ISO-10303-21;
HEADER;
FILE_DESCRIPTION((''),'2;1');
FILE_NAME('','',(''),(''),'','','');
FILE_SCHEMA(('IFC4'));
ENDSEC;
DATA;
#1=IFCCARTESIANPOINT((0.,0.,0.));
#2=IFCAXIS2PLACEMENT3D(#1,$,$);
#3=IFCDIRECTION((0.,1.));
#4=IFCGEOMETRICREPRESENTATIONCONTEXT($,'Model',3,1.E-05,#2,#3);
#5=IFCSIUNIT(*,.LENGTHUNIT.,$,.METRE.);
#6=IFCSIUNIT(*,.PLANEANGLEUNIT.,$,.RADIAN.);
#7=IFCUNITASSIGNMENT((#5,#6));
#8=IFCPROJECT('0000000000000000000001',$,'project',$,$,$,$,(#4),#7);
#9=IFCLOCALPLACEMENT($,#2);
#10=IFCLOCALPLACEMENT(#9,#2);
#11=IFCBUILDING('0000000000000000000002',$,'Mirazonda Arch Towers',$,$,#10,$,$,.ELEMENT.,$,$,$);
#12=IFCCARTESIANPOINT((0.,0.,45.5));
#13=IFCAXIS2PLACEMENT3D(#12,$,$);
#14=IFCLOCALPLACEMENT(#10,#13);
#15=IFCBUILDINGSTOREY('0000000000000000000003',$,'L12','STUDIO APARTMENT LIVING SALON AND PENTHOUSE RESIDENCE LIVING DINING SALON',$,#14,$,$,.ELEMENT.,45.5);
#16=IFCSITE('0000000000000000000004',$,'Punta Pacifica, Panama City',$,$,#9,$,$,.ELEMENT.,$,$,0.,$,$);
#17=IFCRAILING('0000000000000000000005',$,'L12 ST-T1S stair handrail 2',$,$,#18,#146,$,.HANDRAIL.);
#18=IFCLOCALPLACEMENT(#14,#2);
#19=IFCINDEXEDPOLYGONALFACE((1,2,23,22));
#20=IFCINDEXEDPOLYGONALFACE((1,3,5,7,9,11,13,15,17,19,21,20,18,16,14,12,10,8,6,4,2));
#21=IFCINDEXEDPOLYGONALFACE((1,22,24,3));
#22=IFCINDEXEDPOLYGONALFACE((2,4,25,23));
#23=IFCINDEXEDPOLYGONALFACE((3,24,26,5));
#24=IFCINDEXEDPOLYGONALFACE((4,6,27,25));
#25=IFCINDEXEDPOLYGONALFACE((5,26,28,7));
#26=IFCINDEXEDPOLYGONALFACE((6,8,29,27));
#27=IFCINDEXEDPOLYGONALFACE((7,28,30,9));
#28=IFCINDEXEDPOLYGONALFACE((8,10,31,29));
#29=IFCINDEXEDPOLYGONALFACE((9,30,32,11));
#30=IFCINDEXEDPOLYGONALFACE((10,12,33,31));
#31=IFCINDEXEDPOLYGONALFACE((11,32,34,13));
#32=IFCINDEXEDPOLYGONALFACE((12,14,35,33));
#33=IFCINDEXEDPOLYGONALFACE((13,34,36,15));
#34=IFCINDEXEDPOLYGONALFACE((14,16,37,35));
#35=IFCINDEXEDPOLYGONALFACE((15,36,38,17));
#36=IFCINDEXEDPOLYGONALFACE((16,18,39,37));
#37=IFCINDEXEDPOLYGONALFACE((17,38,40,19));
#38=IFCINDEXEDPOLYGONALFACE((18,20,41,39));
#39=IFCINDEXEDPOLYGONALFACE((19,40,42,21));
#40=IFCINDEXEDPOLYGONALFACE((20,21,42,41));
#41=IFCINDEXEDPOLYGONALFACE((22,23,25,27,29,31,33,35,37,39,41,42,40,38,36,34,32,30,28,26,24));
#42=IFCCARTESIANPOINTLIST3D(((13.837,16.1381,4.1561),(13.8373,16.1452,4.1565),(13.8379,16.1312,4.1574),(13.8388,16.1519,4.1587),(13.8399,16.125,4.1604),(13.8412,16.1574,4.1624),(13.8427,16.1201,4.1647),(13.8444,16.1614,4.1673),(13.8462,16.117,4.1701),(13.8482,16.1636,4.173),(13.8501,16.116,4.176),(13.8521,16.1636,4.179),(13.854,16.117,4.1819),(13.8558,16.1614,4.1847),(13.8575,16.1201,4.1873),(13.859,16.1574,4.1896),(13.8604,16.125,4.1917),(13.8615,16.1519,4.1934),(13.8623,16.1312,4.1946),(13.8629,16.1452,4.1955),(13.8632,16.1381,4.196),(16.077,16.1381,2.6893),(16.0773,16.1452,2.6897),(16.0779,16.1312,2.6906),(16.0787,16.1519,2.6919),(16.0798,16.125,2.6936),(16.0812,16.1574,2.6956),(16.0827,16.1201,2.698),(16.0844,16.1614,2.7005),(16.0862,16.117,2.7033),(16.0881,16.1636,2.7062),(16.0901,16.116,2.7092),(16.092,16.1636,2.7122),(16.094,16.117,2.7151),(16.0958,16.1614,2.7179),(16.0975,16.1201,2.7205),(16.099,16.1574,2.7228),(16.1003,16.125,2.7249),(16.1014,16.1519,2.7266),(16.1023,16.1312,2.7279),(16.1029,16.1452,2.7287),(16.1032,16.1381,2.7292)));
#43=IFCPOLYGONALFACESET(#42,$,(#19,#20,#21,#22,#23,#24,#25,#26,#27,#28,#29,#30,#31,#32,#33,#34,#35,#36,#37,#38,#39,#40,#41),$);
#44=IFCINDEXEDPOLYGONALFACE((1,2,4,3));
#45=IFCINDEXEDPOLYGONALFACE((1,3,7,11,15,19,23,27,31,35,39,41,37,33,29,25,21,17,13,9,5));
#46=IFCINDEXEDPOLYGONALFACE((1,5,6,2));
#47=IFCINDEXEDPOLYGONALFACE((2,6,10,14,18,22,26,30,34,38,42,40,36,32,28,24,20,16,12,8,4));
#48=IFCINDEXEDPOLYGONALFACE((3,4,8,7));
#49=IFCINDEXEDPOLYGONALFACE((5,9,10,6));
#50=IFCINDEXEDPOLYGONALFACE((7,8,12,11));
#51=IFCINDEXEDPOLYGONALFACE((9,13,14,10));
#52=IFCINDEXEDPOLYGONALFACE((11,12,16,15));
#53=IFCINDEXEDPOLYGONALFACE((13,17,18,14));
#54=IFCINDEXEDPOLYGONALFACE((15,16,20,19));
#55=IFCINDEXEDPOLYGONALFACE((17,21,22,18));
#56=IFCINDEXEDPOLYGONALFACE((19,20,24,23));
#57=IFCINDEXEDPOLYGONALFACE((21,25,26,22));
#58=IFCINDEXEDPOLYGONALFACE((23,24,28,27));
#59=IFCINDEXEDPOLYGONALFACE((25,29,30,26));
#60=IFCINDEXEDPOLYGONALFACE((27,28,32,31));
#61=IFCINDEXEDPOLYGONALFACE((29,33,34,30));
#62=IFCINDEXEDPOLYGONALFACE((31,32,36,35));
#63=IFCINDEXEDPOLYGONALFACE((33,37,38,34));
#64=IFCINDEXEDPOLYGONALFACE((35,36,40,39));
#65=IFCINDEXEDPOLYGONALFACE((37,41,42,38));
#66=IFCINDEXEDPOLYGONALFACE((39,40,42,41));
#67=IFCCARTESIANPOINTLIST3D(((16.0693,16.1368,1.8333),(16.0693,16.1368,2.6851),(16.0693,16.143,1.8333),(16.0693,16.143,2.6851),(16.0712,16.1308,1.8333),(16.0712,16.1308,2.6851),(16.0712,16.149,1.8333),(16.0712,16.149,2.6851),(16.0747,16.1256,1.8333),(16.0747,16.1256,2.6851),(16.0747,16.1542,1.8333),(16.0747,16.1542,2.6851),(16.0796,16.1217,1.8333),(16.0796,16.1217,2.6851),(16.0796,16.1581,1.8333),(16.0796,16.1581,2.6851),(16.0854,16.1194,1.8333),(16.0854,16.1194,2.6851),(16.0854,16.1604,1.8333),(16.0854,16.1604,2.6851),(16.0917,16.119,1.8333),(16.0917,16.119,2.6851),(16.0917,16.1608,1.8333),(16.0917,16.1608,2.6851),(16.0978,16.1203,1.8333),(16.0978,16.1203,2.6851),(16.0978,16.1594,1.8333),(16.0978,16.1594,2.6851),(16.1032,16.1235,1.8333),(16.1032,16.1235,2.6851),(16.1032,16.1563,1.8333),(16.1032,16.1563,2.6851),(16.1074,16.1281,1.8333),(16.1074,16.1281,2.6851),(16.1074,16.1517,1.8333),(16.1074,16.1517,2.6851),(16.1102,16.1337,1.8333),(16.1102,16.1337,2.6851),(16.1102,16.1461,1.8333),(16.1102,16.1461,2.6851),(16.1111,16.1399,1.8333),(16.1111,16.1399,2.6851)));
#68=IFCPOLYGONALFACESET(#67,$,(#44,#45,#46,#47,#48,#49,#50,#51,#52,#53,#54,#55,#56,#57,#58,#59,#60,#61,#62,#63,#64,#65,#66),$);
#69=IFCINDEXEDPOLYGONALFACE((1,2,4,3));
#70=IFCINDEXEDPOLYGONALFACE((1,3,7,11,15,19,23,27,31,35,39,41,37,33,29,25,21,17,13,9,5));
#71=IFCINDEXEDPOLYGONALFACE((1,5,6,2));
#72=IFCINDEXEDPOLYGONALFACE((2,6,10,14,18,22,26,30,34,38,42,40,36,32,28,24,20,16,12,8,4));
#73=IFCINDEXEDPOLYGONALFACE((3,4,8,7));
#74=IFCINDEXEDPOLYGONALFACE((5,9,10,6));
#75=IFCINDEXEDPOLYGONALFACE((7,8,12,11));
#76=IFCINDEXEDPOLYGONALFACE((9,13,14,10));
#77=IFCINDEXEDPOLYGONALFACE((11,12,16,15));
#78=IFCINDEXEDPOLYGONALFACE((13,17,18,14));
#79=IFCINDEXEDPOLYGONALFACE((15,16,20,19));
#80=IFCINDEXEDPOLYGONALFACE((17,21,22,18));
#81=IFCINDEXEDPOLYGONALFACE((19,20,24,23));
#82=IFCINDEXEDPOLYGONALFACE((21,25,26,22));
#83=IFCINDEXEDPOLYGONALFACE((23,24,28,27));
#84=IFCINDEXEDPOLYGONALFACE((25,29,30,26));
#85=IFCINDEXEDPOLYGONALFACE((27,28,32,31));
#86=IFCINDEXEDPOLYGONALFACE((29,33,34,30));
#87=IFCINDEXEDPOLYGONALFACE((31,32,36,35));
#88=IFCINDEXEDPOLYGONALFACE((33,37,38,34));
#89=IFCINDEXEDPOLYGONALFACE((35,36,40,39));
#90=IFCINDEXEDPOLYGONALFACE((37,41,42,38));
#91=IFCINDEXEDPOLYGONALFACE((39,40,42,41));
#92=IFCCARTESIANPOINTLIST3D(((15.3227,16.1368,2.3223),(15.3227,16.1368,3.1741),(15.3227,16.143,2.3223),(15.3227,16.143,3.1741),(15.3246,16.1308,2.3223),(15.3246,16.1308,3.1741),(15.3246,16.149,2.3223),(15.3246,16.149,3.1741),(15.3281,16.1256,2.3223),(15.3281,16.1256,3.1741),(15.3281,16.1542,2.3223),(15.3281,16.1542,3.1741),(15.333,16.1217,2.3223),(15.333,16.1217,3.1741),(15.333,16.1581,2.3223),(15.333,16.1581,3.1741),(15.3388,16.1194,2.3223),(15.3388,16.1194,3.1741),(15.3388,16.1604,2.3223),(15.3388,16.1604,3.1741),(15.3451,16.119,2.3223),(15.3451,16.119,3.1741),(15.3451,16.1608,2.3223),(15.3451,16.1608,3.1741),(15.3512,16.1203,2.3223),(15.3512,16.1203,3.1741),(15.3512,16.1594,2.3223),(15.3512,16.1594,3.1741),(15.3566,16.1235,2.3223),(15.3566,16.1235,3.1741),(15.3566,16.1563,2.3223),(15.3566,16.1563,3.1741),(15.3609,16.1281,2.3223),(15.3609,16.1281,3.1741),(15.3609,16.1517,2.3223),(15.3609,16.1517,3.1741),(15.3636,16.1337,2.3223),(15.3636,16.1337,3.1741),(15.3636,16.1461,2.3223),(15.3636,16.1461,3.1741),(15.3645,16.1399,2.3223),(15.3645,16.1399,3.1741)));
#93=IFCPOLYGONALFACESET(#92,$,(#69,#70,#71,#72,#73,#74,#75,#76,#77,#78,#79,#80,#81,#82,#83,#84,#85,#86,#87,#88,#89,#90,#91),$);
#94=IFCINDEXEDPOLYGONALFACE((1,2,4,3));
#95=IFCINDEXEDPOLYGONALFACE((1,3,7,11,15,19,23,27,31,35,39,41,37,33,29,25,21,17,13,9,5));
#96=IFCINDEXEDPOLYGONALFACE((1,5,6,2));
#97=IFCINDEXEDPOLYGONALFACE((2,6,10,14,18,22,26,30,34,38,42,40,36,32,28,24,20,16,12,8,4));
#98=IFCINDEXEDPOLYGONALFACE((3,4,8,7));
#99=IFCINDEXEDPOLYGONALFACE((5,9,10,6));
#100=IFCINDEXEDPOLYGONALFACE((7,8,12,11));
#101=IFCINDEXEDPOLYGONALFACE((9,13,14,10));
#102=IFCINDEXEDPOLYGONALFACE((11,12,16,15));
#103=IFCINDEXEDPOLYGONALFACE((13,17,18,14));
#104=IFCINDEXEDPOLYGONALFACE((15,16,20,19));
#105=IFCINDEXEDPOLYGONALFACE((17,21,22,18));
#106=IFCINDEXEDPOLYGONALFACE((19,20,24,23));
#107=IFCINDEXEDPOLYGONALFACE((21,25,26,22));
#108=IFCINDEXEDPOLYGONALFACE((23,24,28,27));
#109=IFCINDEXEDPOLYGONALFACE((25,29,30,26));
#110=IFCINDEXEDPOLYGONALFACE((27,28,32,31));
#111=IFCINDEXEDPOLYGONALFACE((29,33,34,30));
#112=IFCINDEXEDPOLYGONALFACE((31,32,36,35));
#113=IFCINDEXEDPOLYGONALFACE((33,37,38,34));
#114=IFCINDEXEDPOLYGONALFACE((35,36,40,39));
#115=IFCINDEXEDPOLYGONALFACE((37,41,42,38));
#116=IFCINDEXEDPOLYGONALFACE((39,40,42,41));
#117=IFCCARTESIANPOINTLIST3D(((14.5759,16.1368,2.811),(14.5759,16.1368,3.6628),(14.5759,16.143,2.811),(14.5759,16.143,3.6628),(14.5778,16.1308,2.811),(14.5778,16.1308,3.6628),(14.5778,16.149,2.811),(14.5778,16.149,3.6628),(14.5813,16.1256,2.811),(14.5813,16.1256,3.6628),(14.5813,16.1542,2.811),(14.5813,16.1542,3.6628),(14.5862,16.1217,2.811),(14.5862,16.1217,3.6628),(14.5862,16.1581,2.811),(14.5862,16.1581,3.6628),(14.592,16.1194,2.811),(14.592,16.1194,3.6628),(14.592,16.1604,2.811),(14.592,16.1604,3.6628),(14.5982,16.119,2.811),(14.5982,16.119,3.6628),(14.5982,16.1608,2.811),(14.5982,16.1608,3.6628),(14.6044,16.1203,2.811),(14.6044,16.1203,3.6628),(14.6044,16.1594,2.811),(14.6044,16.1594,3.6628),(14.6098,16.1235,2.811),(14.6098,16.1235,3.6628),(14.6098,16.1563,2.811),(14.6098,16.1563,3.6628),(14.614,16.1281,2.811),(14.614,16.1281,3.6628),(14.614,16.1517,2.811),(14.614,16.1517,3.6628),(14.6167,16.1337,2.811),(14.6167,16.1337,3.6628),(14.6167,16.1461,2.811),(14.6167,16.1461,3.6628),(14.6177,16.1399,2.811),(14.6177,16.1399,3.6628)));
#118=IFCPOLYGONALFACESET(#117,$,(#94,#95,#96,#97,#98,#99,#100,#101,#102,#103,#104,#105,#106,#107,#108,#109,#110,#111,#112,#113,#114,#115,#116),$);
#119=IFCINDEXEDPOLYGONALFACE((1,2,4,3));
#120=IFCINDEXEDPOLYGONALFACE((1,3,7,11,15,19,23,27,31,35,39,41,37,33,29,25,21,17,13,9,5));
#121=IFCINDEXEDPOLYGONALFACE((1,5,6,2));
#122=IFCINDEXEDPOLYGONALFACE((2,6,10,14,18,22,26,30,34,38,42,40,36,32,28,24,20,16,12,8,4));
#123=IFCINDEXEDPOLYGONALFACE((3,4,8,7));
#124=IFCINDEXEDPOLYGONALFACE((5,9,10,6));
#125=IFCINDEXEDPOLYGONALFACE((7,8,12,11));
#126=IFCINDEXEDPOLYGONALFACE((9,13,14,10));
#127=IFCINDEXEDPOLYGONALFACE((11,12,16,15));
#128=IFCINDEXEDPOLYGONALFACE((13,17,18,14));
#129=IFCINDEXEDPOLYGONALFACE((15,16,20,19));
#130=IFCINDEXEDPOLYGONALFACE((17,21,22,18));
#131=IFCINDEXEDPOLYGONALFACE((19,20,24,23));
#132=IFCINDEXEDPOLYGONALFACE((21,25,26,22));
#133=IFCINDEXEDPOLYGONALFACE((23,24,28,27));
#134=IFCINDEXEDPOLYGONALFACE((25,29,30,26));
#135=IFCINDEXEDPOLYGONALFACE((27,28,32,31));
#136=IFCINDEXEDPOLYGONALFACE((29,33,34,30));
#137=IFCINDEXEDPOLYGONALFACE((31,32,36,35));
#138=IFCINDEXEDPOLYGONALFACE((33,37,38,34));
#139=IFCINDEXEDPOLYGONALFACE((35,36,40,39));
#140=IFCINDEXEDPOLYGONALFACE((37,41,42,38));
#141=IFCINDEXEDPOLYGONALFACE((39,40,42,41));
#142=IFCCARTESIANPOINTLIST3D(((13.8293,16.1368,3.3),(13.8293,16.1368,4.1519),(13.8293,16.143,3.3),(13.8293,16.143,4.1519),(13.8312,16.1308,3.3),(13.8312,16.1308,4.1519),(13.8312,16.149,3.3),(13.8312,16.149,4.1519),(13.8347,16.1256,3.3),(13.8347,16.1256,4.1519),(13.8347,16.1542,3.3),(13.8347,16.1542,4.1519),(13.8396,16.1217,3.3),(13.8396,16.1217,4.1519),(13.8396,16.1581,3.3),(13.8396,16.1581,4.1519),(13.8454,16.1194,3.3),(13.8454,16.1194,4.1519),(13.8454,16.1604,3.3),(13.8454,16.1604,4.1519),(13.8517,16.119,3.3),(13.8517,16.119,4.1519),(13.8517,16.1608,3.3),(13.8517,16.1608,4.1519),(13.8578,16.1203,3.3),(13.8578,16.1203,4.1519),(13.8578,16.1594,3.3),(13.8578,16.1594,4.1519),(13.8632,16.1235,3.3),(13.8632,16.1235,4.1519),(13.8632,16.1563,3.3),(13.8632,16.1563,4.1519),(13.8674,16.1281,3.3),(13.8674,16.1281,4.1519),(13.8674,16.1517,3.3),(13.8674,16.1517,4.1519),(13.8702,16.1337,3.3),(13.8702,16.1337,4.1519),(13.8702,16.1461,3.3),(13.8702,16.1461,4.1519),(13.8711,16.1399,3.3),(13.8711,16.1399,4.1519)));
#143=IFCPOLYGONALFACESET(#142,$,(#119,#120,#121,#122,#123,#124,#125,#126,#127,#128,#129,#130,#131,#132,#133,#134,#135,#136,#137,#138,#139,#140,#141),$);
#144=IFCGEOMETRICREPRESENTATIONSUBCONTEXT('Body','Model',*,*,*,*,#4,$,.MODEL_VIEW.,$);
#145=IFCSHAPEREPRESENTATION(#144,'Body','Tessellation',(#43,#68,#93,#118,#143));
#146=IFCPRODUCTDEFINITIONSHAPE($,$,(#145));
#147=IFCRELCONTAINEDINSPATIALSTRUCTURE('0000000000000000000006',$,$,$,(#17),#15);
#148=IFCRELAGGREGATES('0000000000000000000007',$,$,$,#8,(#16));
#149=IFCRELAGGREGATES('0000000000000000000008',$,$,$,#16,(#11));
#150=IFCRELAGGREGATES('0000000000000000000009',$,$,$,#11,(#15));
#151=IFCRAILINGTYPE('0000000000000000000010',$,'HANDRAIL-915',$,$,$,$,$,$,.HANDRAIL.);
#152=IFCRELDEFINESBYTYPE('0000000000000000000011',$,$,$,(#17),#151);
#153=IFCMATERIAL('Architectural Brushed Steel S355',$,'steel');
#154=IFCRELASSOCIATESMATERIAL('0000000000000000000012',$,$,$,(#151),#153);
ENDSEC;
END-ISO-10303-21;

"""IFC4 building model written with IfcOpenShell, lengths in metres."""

from ifc_helpers import new_model, si_unit, direction, frame, origin, origin_2d, place, context, subcontext, project, spatial, circle, extrude, material, type_object, element, save


model = new_model("IFC4")

# Units and contexts
model_context = context("Model", 3, precision=1e-05, world=origin(), true_north=direction((0.0, 1.0)))
body_context = subcontext(model_context, "Body", "Model", "MODEL_VIEW")
ifc_project = project(units=[si_unit("LENGTHUNIT", "METRE"), si_unit("PLANEANGLEUNIT", "RADIAN")], contexts=[model_context])

# Site, building, storey
site_placement = place(None, origin())
site = spatial("IfcSite", under=ifc_project, at=site_placement, Name="Punta Pacifica, Panama City", CompositionType="ELEMENT", RefElevation=0.0)
building_placement = place(site_placement, origin())
building = spatial("IfcBuilding", under=site, at=building_placement, Name="Mirazonda Arch Towers", CompositionType="ELEMENT")
storey_placement = place(building_placement, frame((0.0, 0.0, 45.5)))
storey = spatial("IfcBuildingStorey", under=building, at=storey_placement, Name="L12", Description="STUDIO APARTMENT LIVING SALON AND PENTHOUSE RESIDENCE LIVING DINING SALON", CompositionType="ELEMENT", Elevation=45.5)

# Railing
ifc_material_1 = material(Name="Architectural Brushed Steel S355", Category="steel")
railing_type_1 = type_object("IfcRailingType", Name="HANDRAIL-915", PredefinedType="HANDRAIL", material=ifc_material_1)
railing_1_placement = place(storey_placement, frame((16.0901, 16.1399, 1.8333)))
element("IfcRailing", 1, at=railing_1_placement, inside=storey, type_object=railing_type_1, Name="L12 ST-T1S stair handrail 2", PredefinedType="HANDRAIL", context=body_context, shape_type="SweptSolid", body=[
    extrude(circle(Radius=0.0239, at=origin_2d()), frame((0.0, 0.0, 0.876), z_axis=(-0.836595, 0.0, 0.547822), x_axis=(0.0, -1.0, 0.0)), (0.0, 0.0, 1.0), 2.6775),
    extrude(circle(Radius=0.021, at=origin_2d()), origin(), (0.0, 0.0, 1.0), 0.8518),
    extrude(circle(Radius=0.021, at=origin_2d()), frame((-0.7466, 0.0, 0.489)), (0.0, 0.0, 1.0), 0.8518),
    extrude(circle(Radius=0.021, at=origin_2d()), frame((-1.4934, 0.0, 0.9778)), (0.0, 0.0, 1.0), 0.8518),
    extrude(circle(Radius=0.021, at=origin_2d()), frame((-2.24, 0.0, 1.4668)), (0.0, 0.0, 1.0), 0.8518),
])

save(model, "model.ifc")
